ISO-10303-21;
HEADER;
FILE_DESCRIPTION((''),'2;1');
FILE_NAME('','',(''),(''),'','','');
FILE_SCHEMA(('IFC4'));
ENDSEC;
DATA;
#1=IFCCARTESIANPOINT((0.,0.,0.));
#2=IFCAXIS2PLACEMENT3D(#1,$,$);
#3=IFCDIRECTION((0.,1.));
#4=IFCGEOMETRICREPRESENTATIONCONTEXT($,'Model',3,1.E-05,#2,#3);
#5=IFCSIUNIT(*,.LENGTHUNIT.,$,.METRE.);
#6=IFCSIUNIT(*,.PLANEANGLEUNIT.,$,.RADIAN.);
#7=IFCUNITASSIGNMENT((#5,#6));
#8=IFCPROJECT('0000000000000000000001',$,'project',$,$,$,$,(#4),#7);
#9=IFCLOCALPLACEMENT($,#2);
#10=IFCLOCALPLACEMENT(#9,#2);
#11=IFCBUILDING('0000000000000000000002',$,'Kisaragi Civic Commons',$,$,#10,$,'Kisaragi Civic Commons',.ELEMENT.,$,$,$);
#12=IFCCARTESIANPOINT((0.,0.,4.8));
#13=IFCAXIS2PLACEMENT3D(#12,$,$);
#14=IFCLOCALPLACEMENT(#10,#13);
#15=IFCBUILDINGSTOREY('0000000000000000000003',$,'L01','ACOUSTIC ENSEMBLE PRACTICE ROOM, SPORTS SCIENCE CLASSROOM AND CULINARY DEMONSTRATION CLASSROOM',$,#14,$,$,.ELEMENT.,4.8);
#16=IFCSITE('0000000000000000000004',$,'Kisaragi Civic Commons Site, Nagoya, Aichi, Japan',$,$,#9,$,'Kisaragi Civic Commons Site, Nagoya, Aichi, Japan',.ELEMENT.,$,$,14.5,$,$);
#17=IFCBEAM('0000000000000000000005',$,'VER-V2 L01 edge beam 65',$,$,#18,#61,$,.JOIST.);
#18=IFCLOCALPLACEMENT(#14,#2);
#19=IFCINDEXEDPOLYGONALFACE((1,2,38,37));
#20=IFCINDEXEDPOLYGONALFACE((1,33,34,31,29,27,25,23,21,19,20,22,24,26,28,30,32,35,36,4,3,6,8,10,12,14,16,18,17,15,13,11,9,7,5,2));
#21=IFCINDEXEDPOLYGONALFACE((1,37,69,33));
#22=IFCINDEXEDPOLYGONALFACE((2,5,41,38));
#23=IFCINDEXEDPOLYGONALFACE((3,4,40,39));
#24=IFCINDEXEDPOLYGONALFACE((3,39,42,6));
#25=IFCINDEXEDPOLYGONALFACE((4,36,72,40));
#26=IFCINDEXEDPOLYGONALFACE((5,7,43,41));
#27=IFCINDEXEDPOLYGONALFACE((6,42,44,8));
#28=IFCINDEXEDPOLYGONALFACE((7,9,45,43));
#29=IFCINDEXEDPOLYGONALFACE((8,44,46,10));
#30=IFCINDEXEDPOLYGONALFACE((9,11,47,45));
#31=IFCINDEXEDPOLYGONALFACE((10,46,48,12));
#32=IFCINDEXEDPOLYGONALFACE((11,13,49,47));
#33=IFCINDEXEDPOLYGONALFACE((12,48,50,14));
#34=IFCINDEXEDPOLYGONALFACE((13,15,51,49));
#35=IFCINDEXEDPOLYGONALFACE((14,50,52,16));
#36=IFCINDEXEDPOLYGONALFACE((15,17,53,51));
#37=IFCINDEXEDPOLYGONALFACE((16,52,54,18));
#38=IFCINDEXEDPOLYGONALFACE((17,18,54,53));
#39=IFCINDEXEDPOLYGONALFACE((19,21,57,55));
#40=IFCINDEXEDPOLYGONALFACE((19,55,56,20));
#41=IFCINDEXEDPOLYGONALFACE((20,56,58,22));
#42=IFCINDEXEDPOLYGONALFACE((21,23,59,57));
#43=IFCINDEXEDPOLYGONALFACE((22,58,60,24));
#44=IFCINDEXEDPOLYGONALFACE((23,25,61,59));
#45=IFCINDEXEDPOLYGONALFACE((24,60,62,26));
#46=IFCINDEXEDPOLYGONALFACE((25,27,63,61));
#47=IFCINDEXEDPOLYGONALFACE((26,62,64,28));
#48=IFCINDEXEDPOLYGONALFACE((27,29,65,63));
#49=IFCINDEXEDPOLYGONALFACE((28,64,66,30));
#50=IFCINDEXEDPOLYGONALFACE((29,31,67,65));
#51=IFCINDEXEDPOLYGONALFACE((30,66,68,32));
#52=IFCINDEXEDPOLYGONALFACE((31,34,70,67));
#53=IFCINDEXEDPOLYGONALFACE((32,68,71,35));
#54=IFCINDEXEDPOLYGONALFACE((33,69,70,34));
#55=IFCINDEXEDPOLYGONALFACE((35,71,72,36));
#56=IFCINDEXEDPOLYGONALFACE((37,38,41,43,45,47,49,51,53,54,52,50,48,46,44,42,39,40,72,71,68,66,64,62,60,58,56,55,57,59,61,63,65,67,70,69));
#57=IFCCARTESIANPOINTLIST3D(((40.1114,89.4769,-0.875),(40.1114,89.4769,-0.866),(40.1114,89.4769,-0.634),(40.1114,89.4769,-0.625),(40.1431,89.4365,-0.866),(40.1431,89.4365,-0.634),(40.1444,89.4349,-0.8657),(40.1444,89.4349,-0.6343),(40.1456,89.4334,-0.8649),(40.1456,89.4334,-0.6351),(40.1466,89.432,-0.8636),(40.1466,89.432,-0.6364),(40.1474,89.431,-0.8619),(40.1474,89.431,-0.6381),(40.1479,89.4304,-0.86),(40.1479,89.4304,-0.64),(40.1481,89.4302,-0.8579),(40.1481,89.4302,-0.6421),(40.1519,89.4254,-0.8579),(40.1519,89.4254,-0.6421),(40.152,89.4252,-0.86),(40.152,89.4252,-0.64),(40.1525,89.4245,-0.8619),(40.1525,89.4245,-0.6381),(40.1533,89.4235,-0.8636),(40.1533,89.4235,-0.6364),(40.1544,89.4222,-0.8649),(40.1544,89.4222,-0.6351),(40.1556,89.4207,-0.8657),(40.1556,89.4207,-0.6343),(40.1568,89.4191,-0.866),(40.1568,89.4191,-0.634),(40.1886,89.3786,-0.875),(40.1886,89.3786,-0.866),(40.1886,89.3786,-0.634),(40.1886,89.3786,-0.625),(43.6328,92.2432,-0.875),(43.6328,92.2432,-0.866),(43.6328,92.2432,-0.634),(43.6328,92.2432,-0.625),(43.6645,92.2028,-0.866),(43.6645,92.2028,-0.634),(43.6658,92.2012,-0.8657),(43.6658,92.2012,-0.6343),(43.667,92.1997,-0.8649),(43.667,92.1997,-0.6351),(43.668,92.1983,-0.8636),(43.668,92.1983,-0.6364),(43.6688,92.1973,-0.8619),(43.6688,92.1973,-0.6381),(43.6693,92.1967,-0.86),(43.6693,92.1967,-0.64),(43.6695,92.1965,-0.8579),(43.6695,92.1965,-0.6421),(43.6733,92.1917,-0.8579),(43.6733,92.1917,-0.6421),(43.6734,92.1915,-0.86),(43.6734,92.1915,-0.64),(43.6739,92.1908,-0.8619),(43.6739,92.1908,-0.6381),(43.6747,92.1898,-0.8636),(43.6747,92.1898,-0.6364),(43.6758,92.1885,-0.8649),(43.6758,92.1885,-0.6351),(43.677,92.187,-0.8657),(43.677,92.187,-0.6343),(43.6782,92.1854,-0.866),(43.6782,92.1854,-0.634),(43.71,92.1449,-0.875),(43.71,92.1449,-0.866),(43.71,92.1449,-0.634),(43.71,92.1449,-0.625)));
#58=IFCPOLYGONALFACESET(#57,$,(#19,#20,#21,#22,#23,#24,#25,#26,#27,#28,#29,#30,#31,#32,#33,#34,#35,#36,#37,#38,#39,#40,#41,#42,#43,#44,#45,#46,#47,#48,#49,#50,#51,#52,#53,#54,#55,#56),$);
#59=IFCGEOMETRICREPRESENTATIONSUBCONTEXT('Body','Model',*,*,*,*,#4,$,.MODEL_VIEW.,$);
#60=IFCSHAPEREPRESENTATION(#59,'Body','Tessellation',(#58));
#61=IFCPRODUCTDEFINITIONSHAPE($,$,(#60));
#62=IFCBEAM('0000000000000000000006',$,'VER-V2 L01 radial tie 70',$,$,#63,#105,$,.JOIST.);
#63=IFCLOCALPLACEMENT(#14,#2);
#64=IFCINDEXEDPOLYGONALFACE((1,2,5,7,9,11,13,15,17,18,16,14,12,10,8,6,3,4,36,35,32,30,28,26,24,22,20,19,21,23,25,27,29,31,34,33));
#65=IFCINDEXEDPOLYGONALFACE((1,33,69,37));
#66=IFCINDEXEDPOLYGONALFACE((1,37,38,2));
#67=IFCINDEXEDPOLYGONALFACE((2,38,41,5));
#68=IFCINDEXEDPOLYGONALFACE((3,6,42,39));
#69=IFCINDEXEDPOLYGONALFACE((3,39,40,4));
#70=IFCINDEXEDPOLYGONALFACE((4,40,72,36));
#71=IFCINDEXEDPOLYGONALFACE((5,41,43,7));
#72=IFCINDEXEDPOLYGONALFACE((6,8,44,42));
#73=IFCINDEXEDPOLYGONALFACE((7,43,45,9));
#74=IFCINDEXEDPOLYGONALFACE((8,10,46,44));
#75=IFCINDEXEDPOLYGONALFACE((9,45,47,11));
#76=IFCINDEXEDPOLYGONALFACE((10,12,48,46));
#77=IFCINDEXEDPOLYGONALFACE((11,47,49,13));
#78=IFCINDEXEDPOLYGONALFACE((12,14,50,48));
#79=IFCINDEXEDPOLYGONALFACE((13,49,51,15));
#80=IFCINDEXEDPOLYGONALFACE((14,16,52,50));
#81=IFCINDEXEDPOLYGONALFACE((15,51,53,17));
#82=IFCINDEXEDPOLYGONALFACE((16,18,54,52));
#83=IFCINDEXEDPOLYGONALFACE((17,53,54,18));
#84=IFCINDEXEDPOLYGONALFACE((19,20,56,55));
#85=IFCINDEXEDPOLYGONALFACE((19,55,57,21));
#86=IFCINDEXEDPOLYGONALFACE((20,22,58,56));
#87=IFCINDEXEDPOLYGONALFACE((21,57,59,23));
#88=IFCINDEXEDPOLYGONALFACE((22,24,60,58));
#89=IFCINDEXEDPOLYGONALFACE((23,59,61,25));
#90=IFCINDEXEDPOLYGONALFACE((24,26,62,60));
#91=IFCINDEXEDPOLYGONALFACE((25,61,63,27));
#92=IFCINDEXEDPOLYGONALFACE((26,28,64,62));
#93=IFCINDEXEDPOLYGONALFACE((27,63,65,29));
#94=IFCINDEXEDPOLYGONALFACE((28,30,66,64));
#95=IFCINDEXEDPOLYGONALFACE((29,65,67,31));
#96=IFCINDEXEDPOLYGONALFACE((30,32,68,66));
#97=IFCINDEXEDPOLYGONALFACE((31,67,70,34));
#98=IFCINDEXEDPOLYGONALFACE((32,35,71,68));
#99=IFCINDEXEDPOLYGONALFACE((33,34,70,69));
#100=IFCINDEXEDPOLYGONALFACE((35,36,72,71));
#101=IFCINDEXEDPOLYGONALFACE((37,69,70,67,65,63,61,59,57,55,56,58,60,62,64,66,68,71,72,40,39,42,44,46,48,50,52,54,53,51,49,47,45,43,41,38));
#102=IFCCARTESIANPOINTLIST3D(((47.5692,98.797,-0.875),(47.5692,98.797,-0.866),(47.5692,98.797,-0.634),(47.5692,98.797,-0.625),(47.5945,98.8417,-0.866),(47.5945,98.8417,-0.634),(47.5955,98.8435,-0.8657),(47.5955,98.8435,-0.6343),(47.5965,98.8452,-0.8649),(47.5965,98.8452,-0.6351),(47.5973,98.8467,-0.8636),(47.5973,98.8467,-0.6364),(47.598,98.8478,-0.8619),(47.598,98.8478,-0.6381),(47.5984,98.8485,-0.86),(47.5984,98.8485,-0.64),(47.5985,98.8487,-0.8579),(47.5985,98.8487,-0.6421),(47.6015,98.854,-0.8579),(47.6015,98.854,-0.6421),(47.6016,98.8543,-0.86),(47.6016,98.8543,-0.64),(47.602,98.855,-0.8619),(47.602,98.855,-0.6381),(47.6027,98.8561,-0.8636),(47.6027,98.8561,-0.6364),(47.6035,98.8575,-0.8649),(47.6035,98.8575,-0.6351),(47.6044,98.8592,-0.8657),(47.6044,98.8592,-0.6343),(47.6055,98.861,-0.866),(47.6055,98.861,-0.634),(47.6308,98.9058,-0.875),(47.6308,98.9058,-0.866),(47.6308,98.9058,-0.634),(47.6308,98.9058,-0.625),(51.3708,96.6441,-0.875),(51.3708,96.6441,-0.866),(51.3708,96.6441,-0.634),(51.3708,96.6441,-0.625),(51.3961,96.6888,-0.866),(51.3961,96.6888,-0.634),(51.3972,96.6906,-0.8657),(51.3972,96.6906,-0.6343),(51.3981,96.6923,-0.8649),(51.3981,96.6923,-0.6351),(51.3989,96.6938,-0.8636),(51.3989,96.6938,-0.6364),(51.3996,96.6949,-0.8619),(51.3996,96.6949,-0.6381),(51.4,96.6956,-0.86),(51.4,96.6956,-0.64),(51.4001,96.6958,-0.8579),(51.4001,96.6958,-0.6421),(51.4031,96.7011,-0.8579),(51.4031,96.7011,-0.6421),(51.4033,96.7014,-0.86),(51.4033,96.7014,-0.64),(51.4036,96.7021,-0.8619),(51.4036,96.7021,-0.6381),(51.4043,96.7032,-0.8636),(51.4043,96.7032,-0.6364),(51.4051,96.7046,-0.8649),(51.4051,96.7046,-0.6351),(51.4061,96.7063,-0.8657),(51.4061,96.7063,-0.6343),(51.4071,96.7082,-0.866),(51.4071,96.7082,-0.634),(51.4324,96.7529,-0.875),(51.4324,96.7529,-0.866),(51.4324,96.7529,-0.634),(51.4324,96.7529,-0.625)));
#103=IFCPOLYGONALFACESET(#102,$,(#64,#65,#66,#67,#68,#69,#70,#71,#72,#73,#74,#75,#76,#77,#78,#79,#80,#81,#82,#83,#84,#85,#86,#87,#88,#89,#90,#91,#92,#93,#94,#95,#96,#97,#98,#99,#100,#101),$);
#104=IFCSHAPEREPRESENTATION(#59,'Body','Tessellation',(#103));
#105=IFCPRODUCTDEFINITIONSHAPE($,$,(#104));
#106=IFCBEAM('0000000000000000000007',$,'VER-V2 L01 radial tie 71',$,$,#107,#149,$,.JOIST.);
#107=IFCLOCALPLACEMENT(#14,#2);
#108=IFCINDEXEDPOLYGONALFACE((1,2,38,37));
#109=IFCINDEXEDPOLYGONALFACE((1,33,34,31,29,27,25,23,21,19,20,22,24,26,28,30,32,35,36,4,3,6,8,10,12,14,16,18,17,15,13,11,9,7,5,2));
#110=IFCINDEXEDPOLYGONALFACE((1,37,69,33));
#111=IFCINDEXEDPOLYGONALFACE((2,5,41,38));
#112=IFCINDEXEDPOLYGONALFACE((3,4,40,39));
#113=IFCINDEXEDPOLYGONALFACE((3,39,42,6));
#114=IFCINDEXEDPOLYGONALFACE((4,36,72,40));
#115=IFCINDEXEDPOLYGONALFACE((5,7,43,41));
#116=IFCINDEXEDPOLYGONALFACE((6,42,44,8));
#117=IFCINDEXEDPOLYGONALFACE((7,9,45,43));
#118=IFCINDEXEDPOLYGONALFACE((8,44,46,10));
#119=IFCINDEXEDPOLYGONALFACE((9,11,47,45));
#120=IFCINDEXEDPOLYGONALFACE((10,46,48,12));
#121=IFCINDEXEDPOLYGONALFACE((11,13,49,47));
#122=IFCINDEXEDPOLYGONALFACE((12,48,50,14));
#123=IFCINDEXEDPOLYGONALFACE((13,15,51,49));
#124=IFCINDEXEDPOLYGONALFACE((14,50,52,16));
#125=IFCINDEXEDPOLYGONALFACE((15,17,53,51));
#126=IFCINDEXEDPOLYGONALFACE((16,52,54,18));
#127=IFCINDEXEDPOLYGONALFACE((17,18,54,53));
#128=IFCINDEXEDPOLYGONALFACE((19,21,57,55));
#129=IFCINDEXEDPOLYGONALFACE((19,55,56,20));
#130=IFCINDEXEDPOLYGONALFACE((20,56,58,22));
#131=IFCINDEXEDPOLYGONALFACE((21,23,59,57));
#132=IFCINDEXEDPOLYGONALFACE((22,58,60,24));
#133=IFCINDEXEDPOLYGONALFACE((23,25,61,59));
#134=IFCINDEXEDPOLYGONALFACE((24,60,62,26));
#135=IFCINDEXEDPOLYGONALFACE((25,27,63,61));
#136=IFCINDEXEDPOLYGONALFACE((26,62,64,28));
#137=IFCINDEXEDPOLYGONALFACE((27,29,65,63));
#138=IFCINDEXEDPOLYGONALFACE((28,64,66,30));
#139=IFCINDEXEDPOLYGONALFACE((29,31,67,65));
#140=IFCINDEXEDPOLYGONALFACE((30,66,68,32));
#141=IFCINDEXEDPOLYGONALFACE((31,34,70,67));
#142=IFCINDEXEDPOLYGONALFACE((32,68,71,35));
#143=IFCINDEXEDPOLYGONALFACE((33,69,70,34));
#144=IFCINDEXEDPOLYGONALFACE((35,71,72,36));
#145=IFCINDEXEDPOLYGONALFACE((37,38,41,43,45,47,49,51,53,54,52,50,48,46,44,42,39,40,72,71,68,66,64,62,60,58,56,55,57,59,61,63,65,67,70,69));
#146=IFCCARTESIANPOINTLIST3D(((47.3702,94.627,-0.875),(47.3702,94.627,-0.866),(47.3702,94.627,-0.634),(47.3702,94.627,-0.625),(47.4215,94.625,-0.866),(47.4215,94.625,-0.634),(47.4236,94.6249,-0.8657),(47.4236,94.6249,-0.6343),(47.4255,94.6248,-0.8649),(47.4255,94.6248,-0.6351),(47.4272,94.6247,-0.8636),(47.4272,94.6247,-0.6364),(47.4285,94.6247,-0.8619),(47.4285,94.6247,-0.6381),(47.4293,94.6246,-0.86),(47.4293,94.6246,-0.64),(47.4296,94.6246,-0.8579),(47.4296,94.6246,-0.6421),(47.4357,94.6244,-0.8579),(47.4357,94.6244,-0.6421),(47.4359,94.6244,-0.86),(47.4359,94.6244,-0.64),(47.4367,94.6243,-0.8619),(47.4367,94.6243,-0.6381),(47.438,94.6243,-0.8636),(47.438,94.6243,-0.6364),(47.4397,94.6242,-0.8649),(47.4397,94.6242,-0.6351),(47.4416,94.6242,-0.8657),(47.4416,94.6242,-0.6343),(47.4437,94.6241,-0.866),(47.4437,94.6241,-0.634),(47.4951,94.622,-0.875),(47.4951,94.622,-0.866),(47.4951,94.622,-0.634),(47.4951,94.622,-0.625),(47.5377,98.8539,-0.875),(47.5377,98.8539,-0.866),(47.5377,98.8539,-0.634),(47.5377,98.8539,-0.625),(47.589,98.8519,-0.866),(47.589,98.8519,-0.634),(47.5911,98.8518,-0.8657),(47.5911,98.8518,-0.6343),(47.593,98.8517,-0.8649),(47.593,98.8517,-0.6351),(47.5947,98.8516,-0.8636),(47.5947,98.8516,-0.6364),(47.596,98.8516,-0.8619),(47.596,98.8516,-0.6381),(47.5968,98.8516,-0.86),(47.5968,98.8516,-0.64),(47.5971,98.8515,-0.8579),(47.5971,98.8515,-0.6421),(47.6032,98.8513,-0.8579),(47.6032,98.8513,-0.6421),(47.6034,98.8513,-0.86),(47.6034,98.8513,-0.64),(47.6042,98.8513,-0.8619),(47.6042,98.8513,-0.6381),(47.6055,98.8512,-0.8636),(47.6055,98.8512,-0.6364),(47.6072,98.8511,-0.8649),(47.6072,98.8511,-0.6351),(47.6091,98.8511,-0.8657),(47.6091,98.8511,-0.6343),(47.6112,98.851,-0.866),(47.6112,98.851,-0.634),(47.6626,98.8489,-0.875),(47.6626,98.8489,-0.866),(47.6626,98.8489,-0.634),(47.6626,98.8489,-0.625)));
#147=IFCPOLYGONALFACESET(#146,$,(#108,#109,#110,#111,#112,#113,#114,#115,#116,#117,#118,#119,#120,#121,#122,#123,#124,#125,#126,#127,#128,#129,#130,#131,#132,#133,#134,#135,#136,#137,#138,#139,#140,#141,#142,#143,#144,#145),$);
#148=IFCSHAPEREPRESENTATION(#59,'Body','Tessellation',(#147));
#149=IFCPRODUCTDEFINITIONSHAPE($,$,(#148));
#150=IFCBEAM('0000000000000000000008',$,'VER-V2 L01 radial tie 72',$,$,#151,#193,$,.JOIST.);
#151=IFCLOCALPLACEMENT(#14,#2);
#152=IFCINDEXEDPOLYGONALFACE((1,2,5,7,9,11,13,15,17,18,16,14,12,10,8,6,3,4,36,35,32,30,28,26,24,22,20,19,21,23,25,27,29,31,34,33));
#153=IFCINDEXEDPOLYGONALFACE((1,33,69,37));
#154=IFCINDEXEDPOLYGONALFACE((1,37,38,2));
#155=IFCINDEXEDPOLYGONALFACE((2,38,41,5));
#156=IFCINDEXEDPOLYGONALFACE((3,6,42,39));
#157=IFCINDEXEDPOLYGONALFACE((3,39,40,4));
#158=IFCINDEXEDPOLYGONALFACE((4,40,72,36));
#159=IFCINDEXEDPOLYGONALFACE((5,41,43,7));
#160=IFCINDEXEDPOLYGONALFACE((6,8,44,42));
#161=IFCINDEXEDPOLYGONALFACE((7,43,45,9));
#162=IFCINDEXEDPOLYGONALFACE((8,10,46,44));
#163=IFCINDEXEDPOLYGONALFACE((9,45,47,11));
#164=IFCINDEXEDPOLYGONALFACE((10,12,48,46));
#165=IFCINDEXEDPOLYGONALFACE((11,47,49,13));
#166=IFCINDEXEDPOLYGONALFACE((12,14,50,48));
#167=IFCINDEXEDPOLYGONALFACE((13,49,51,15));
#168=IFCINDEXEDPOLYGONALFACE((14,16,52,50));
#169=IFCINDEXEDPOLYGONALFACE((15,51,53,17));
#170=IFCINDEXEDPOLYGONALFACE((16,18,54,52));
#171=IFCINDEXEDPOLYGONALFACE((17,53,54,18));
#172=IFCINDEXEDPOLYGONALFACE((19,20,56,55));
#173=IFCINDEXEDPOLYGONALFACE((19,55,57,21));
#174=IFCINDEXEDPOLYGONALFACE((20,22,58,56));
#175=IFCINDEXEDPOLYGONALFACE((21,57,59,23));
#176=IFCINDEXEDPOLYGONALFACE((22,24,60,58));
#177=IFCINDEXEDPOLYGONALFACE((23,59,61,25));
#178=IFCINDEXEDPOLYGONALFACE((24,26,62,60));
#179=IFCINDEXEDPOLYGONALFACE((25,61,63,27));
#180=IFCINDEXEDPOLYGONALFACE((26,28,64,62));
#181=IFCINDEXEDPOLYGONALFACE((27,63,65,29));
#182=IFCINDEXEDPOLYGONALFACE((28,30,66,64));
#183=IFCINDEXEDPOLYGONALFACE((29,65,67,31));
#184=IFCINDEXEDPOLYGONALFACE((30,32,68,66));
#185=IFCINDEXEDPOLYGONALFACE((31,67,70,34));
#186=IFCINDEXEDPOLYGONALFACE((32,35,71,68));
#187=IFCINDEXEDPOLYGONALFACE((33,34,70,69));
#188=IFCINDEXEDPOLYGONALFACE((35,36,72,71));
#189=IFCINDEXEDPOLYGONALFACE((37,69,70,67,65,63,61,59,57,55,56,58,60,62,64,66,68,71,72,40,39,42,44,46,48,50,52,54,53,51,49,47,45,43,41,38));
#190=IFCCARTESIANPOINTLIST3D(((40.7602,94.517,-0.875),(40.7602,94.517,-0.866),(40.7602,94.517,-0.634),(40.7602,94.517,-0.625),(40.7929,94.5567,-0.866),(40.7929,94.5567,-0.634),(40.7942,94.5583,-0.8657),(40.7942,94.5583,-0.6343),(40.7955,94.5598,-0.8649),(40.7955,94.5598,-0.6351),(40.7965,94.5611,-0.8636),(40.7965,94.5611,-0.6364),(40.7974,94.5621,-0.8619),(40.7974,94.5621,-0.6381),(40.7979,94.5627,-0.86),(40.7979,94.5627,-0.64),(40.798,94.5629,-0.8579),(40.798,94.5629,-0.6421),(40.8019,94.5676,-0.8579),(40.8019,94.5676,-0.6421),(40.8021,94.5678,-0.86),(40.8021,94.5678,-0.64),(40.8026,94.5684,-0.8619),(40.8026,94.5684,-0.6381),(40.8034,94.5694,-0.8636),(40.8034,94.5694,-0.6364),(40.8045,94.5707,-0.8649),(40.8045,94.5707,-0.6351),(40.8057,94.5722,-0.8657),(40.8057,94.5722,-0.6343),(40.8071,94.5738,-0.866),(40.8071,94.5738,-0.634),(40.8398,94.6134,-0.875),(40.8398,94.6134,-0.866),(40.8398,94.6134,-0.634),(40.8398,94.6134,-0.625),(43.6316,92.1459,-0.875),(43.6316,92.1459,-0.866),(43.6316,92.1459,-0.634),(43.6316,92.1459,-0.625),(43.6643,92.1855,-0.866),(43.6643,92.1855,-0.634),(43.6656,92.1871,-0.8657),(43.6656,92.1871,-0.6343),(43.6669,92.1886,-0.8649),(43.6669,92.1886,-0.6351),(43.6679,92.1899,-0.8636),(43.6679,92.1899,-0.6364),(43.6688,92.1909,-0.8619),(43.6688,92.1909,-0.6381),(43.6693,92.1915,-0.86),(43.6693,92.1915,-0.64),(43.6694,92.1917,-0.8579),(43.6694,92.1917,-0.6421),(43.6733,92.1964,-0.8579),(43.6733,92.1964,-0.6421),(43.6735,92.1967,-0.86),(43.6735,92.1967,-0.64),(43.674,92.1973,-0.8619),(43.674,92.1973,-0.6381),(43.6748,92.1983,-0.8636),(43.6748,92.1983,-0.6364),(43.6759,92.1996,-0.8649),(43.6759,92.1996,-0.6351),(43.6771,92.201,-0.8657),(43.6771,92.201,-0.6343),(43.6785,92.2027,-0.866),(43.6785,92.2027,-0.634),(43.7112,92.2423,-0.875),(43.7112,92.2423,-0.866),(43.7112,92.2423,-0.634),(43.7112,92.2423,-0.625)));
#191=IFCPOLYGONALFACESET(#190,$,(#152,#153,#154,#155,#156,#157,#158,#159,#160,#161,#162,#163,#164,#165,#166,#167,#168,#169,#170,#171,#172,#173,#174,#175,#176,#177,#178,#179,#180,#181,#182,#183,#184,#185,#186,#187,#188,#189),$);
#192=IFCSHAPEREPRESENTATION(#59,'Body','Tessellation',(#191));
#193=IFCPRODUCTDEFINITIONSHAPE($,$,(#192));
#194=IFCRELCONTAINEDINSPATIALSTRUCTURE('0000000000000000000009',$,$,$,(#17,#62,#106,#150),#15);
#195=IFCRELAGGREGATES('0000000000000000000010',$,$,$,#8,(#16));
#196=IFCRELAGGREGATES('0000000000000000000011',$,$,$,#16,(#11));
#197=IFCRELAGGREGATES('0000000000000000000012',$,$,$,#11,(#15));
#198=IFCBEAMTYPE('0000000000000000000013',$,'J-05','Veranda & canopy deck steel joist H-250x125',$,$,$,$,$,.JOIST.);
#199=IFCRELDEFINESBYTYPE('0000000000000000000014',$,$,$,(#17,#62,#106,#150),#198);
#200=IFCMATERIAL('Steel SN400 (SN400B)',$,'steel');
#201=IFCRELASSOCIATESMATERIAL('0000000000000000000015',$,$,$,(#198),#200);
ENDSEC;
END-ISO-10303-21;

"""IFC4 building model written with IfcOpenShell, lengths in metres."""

from ifc_helpers import new_model, si_unit, direction, frame, origin, origin_2d, place, context, subcontext, project, spatial, i_section, extrude, material, material_profile, profile_set, type_object, element, save


model = new_model("IFC4")

# Units and contexts
model_context = context("Model", 3, precision=1e-05, world=origin(), true_north=direction((0.0, 1.0)))
body_context = subcontext(model_context, "Body", "Model", "MODEL_VIEW")
ifc_project = project(units=[si_unit("LENGTHUNIT", "METRE"), si_unit("PLANEANGLEUNIT", "RADIAN")], contexts=[model_context])

# Site, building, storey
site_placement = place(None, origin())
site = spatial("IfcSite", under=ifc_project, at=site_placement, Name="Kisaragi Civic Commons Site, Nagoya, Aichi, Japan", LongName="Kisaragi Civic Commons Site, Nagoya, Aichi, Japan", CompositionType="ELEMENT", RefElevation=14.5)
building_placement = place(site_placement, origin())
building = spatial("IfcBuilding", under=site, at=building_placement, Name="Kisaragi Civic Commons", LongName="Kisaragi Civic Commons", CompositionType="ELEMENT")
storey_placement = place(building_placement, frame((0.0, 0.0, 4.8)))
storey = spatial("IfcBuildingStorey", under=building, at=storey_placement, Name="L01", Description="ACOUSTIC ENSEMBLE PRACTICE ROOM, SPORTS SCIENCE CLASSROOM AND CULINARY DEMONSTRATION CLASSROOM", CompositionType="ELEMENT", Elevation=4.8)

# Beams
ifc_material_1 = material(Name="Steel SN400 (SN400B)", Category="steel")
ifc_material_profile_1 = material_profile(ifc_material_1, i_section(OverallWidth=0.125, OverallDepth=0.25, WebThickness=0.0061, FlangeThickness=0.009, FilletRadius=0.0081, at=origin_2d()), Name="H-250x125x6x9", Category="steel")
ifc_profile_set_1 = profile_set([ifc_material_profile_1], Name="Steel SN400 (SN400B)")
beam_type_1 = type_object("IfcBeamType", Name="J-05", Description="Veranda & canopy deck steel joist H-250x125", PredefinedType="JOIST", material=ifc_profile_set_1)
for number, where, z_axis, x_axis, name in (
    (1, (43.6714, 92.1941, -0.75), (-0.786375, -0.617749, 0.0), (0.617749, -0.786375, 0.0), "VER-V2 L01 edge beam 65"),
):
    element("IfcBeam", number, at=place(storey_placement, frame(where, z_axis=z_axis, x_axis=x_axis)), inside=storey, type_object=beam_type_1, Name=name, PredefinedType="JOIST", context=body_context, shape_type="SweptSolid", body=[
        extrude(i_section(OverallWidth=0.125, OverallDepth=0.25, WebThickness=0.0061, FlangeThickness=0.009, FilletRadius=0.0081, at=origin_2d()), origin(), (0.0, 0.0, 1.0), 4.478),
    ])
beam_1_placement = place(storey_placement, frame((51.4016, 96.6985, -0.75), z_axis=(-0.870156, 0.492777, 0.0), x_axis=(-0.492777, -0.870156, 0.0)))
element("IfcBeam", 2, at=beam_1_placement, inside=storey, type_object=beam_type_1, Name="VER-V2 L01 radial tie 70", PredefinedType="JOIST", context=body_context, shape_type="SweptSolid", body=[
    extrude(i_section(OverallWidth=0.125, OverallDepth=0.25, WebThickness=0.0061, FlangeThickness=0.009, FilletRadius=0.0081, at=origin_2d()), origin(), (0.0, 0.0, 1.0), 4.3689),
])
beam_2_placement = place(storey_placement, frame((47.4326, 94.6245, -0.75), z_axis=(0.039592, 0.999216, 0.0), x_axis=(-0.999216, 0.039592, 0.0)))
element("IfcBeam", 3, at=beam_2_placement, inside=storey, type_object=beam_type_1, Name="VER-V2 L01 radial tie 71", PredefinedType="JOIST", context=body_context, shape_type="SweptSolid", body=[
    extrude(i_section(OverallWidth=0.125, OverallDepth=0.25, WebThickness=0.0061, FlangeThickness=0.009, FilletRadius=0.0081, at=origin_2d()), origin(), (0.0, 0.0, 1.0), 4.2302),
])
beam_3_placement = place(storey_placement, frame((43.6714, 92.1941, -0.75), z_axis=(-0.771078, 0.636741, 0.0), x_axis=(-0.636741, -0.771078, 0.0)))
element("IfcBeam", 4, at=beam_3_placement, inside=storey, type_object=beam_type_1, Name="VER-V2 L01 radial tie 72", PredefinedType="JOIST", context=body_context, shape_type="SweptSolid", body=[
    extrude(i_section(OverallWidth=0.125, OverallDepth=0.25, WebThickness=0.0061, FlangeThickness=0.009, FilletRadius=0.0081, at=origin_2d()), origin(), (0.0, 0.0, 1.0), 3.7239),
])

save(model, "model.ifc")
